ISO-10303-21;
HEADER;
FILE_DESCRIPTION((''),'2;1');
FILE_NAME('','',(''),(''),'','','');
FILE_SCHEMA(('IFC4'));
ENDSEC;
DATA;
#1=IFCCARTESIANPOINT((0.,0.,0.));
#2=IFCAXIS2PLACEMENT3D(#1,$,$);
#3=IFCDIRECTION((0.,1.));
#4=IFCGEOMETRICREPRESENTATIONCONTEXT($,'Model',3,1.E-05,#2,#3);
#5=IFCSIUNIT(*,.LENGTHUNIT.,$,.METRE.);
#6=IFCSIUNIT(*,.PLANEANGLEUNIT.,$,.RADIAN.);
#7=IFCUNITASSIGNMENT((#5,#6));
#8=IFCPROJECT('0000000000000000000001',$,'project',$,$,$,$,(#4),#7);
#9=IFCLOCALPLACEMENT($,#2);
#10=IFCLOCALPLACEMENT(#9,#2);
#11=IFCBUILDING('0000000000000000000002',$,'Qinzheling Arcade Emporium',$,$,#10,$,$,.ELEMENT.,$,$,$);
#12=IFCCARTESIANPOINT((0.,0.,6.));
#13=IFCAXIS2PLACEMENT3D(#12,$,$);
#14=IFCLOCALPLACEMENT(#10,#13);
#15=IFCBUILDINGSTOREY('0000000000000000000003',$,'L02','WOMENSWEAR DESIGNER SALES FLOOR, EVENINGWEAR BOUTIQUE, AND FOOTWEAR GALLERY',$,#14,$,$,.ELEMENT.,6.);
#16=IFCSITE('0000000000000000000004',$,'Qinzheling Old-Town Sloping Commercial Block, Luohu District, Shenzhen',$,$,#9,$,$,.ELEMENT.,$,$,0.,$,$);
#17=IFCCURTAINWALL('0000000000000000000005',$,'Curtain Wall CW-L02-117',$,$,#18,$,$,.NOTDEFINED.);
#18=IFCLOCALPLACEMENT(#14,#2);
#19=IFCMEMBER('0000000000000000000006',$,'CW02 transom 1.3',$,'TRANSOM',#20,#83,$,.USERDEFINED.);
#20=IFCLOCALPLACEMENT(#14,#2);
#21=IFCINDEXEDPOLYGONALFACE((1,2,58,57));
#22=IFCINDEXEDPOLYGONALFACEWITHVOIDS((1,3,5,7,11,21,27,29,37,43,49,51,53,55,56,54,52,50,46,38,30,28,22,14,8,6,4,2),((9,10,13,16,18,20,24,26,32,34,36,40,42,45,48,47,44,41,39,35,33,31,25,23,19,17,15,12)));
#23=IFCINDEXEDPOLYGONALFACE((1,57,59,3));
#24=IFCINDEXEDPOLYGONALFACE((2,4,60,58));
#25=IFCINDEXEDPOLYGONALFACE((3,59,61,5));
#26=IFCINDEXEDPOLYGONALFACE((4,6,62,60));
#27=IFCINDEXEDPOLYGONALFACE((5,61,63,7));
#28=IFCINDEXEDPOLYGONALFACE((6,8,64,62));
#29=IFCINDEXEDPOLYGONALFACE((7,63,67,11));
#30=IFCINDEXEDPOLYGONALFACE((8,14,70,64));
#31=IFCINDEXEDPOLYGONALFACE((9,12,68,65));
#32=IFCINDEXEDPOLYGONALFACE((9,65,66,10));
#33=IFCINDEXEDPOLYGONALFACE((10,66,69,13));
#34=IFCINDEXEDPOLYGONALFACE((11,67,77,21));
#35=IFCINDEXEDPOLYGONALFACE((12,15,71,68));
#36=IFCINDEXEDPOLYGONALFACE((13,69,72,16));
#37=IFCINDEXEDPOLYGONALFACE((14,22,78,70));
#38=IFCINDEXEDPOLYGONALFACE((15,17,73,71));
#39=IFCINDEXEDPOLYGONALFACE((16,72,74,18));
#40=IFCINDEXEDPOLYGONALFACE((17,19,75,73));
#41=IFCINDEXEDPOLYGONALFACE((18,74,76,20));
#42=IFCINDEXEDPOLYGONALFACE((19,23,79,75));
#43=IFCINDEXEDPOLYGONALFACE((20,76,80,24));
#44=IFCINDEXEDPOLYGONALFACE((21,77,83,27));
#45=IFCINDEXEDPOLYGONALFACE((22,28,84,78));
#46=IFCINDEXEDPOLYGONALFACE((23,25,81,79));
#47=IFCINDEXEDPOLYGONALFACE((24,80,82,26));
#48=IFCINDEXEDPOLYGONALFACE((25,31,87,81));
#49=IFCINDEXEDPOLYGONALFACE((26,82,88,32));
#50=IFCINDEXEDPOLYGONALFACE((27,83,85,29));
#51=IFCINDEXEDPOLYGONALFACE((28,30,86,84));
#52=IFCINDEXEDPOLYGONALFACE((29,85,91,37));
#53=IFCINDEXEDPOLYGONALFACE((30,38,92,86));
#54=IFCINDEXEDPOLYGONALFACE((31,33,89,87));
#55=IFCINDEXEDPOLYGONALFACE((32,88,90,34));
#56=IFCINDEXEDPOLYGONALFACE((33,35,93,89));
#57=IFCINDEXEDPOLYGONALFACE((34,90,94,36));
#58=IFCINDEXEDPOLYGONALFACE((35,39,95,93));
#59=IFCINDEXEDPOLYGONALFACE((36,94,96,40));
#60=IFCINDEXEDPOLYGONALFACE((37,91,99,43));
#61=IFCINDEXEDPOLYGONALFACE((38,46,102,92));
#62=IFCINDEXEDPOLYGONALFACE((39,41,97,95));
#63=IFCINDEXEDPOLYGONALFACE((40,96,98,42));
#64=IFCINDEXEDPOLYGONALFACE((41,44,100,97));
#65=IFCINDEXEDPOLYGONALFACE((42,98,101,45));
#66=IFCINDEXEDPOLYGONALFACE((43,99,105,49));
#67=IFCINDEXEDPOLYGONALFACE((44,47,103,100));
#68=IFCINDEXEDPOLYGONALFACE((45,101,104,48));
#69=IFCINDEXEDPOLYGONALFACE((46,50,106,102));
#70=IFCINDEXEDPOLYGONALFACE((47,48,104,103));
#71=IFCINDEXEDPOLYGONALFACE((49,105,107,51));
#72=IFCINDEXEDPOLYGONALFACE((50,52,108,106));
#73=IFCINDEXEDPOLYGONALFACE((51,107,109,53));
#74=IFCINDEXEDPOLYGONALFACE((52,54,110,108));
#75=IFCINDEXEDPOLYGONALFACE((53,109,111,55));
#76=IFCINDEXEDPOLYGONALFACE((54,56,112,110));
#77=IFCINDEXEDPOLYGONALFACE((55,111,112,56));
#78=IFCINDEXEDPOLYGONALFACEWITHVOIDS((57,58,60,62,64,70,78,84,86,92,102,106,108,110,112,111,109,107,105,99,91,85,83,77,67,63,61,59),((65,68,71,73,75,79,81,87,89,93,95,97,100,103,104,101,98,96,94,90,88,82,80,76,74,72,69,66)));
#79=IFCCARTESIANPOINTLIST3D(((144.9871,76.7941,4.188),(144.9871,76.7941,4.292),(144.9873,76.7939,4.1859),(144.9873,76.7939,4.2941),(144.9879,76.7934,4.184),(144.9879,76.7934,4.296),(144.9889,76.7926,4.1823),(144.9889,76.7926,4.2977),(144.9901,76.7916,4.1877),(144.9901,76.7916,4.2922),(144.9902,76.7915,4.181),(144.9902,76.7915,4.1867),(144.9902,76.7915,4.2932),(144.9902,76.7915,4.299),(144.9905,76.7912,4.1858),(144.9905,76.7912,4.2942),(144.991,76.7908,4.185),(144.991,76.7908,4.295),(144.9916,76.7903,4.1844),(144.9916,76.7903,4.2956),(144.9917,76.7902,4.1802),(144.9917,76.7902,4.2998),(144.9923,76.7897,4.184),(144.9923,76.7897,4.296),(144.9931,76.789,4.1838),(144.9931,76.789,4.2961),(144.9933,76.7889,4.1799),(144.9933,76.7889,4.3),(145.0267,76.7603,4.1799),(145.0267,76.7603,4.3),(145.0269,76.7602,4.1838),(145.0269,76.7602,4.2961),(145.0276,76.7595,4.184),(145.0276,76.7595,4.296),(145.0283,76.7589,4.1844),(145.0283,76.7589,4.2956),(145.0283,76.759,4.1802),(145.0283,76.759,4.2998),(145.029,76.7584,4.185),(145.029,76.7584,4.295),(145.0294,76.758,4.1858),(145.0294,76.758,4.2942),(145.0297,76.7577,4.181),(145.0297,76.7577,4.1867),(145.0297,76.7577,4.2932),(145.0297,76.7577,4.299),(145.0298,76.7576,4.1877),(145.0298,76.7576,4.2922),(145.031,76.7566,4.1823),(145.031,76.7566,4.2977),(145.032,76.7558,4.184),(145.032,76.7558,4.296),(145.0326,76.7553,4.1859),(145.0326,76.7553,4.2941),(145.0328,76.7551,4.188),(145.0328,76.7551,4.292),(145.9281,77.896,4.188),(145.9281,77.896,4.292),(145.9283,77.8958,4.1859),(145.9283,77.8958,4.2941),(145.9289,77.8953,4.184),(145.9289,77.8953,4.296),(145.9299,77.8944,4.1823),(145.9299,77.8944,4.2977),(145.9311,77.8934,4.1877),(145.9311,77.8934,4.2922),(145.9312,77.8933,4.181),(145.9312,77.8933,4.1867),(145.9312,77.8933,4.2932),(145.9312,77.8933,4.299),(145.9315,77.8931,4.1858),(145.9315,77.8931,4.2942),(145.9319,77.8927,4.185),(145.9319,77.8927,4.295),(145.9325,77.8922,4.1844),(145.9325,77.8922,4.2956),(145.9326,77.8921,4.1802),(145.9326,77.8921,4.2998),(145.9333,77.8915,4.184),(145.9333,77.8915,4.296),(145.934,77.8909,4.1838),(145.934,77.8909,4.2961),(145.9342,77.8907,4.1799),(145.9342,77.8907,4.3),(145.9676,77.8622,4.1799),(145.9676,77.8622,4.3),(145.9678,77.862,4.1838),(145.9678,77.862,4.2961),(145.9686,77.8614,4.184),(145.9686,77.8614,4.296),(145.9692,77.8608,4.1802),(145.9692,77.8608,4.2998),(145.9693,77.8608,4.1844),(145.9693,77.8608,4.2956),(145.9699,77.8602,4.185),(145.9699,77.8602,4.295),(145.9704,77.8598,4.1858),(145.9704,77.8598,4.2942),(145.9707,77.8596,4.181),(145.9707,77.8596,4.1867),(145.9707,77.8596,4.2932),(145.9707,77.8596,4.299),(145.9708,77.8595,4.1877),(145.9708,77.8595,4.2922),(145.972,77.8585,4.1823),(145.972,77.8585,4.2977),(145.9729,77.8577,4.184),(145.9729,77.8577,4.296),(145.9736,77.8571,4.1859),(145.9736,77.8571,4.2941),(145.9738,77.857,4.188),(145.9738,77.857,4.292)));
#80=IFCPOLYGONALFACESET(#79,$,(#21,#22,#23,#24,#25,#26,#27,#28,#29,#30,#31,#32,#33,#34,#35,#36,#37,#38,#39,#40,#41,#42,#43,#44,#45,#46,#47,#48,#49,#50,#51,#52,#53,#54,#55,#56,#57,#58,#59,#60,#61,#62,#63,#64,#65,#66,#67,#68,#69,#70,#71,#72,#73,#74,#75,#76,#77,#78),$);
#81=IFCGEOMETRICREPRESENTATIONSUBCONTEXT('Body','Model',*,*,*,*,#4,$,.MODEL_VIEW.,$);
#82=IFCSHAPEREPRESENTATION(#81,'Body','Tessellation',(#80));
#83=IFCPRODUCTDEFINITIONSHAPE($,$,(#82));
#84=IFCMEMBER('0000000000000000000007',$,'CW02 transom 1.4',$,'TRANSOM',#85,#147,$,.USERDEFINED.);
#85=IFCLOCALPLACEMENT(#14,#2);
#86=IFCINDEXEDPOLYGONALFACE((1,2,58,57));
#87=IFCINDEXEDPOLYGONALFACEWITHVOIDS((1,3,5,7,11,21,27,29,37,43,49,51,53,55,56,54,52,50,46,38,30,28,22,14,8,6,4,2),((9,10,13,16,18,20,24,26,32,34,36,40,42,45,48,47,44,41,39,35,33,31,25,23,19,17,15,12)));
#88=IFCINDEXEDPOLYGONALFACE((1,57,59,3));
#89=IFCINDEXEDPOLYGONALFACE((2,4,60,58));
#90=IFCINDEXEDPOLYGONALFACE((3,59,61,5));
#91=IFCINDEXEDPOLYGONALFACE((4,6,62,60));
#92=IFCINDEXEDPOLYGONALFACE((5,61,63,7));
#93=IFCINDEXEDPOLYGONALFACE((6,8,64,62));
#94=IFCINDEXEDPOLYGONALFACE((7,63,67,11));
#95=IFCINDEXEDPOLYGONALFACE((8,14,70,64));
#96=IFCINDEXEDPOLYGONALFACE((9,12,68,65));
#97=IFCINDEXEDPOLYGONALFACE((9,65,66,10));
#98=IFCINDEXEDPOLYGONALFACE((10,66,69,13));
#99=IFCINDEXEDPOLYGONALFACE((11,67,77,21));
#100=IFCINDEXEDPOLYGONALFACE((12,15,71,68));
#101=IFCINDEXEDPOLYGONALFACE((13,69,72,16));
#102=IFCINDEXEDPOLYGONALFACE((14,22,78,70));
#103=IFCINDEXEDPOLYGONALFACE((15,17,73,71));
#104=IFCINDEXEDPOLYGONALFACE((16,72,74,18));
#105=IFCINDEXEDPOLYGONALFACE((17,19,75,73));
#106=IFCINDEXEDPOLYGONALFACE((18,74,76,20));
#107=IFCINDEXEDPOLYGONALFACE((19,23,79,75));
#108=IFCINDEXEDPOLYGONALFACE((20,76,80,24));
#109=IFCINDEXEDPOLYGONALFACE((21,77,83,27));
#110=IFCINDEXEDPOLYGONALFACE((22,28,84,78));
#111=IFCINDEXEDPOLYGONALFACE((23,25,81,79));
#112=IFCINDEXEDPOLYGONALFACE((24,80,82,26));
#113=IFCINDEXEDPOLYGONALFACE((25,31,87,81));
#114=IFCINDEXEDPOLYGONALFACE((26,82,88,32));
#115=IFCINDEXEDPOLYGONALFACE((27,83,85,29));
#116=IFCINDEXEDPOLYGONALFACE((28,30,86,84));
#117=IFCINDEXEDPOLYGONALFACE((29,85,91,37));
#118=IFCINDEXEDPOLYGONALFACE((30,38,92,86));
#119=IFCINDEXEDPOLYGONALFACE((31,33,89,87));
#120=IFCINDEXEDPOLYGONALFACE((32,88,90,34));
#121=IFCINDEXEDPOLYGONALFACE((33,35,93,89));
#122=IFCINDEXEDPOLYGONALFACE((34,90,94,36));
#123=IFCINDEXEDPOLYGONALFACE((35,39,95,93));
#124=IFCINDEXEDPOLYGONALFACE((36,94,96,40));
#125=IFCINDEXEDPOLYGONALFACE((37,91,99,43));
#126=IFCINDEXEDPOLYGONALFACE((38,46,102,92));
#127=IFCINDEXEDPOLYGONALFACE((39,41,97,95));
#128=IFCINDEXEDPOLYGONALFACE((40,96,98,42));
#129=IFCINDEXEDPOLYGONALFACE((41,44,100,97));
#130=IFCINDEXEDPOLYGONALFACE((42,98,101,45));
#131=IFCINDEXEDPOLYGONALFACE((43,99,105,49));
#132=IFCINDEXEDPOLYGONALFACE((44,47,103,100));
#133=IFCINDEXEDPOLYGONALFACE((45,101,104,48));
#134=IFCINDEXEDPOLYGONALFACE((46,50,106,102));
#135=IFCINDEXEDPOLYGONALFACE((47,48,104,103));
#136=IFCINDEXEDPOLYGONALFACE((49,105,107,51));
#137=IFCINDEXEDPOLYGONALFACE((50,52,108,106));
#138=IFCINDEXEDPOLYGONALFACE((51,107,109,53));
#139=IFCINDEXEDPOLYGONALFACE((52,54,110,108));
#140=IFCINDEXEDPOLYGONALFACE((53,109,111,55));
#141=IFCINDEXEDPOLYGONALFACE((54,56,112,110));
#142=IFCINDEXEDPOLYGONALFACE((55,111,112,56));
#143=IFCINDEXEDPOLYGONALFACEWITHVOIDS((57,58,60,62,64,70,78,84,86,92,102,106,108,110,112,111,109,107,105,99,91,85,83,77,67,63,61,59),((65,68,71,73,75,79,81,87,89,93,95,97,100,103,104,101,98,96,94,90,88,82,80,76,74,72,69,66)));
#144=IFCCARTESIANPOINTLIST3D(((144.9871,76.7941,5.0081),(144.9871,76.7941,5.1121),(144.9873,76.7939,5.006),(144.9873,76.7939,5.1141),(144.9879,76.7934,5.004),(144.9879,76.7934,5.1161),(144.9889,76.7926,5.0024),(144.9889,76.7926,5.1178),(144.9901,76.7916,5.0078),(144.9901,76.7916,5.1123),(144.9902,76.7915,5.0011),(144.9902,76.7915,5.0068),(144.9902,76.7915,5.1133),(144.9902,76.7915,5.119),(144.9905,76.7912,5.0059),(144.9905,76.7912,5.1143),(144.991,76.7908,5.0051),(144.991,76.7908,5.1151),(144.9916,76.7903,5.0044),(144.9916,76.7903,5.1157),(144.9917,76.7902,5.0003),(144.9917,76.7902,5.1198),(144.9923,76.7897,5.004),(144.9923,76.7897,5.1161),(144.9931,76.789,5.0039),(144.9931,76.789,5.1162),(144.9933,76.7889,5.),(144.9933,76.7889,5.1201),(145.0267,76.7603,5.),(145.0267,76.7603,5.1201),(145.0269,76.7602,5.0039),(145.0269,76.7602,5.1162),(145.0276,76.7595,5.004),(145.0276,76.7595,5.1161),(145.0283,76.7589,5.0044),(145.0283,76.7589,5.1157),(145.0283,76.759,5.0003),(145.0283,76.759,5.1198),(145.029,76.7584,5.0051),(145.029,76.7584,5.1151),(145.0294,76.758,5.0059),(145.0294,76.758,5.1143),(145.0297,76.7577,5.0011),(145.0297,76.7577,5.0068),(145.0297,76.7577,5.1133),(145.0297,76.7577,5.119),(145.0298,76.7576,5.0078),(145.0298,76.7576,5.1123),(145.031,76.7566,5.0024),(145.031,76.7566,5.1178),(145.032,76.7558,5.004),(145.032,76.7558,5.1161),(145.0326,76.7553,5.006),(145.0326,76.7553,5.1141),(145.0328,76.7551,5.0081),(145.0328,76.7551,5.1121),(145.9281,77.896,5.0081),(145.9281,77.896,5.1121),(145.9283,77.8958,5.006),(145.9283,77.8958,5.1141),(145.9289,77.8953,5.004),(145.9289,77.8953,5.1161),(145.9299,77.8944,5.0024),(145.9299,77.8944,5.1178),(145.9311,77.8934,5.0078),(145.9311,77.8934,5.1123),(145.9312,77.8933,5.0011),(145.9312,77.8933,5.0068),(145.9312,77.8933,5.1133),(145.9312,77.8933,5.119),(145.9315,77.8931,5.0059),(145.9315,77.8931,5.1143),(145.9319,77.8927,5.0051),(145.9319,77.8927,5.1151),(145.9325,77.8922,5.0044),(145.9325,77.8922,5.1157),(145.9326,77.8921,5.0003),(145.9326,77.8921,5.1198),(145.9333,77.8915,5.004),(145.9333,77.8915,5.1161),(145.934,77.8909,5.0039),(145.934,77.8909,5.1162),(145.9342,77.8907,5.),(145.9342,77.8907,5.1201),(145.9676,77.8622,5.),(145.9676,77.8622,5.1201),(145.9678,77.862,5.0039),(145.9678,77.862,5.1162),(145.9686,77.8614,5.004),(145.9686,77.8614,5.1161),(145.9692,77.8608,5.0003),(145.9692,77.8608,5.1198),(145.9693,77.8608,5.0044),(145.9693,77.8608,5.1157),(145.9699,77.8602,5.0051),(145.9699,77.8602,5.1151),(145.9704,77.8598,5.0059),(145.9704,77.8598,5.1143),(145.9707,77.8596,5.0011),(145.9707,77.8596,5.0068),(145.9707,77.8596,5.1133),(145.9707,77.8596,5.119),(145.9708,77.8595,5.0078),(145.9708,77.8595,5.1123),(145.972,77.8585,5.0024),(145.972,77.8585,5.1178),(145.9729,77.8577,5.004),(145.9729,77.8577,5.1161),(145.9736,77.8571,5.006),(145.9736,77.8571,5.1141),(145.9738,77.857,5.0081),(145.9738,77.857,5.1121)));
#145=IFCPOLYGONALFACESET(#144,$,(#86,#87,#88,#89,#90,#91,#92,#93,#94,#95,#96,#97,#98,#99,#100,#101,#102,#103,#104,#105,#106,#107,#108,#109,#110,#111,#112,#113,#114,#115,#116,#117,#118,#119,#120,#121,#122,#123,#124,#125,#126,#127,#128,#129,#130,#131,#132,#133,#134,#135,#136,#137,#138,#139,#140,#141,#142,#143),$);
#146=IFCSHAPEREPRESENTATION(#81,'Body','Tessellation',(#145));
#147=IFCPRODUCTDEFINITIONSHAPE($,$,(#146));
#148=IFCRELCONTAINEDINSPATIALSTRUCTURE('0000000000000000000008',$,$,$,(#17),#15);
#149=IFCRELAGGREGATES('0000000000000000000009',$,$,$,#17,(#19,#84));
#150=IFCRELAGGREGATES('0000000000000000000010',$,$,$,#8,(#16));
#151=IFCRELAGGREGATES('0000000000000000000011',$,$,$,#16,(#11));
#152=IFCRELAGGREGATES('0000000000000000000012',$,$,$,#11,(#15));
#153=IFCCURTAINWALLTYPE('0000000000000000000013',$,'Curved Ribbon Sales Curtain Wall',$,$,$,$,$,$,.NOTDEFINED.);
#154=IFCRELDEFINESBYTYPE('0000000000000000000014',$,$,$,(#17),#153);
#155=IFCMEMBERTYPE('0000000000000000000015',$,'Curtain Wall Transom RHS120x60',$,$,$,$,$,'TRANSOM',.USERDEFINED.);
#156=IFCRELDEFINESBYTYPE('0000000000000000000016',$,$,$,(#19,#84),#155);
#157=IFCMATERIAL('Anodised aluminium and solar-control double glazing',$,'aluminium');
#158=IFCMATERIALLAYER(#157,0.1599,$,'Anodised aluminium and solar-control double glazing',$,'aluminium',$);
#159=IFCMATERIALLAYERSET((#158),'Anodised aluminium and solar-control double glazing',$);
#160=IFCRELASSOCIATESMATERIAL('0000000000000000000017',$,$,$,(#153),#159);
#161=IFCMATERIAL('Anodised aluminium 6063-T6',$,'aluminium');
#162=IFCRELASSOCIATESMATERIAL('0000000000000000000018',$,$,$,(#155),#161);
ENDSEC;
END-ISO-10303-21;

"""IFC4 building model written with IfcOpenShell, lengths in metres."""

from ifc_helpers import new_model, si_unit, direction, frame, origin, origin_2d, place, context, subcontext, project, spatial, hollow_rectangle, extrude, material, layer, layer_set, material_profile, profile_set, type_object, element, aggregate, save


model = new_model("IFC4")

# Units and contexts
model_context = context("Model", 3, precision=1e-05, world=origin(), true_north=direction((0.0, 1.0)))
body_context = subcontext(model_context, "Body", "Model", "MODEL_VIEW")
ifc_project = project(units=[si_unit("LENGTHUNIT", "METRE"), si_unit("PLANEANGLEUNIT", "RADIAN")], contexts=[model_context])

# Site, building, storey
site_placement = place(None, origin())
site = spatial("IfcSite", under=ifc_project, at=site_placement, Name="Qinzheling Old-Town Sloping Commercial Block, Luohu District, Shenzhen", CompositionType="ELEMENT", RefElevation=0.0)
building_placement = place(site_placement, origin())
building = spatial("IfcBuilding", under=site, at=building_placement, Name="Qinzheling Arcade Emporium", CompositionType="ELEMENT")
storey_placement = place(building_placement, frame((0.0, 0.0, 6.0)))
storey = spatial("IfcBuildingStorey", under=building, at=storey_placement, Name="L02", Description="WOMENSWEAR DESIGNER SALES FLOOR, EVENINGWEAR BOUTIQUE, AND FOOTWEAR GALLERY", CompositionType="ELEMENT", Elevation=6.0)

# Shared definitions
ifc_material_1 = material(Name="Anodised aluminium and solar-control double glazing", Category="aluminium")
ifc_layer_1 = layer(ifc_material_1, 0.1599, Name="Anodised aluminium and solar-control double glazing", Category="aluminium")
ifc_layer_set_1 = layer_set([ifc_layer_1], Name="Anodised aluminium and solar-control double glazing")
curtain_wall_type = type_object("IfcCurtainWallType", Name="Curved Ribbon Sales Curtain Wall", PredefinedType="NOTDEFINED", material=ifc_layer_set_1)
ifc_material_2 = material(Name="Anodised aluminium 6063-T6", Category="aluminium")

# Curtain wall
curtain_wall_1_placement = place(storey_placement, origin())
curtain_wall_1 = element("IfcCurtainWall", 1, at=curtain_wall_1_placement, inside=storey, type_object=curtain_wall_type, Name="Curtain Wall CW-L02-117", PredefinedType="NOTDEFINED")

# Members
ifc_material_profile_1 = material_profile(ifc_material_2, hollow_rectangle(XDim=0.0601, YDim=0.1201, WallThickness=0.0039, InnerFilletRadius=0.0039, OuterFilletRadius=0.0081, at=origin_2d()), Name="RHS 120x60x4", Category="aluminium")
ifc_profile_set_1 = profile_set([ifc_material_profile_1], Name="Anodised aluminium 6063-T6")
member_type_1 = type_object("IfcMemberType", Name="Curtain Wall Transom RHS120x60", ElementType="TRANSOM", PredefinedType="USERDEFINED", material=ifc_profile_set_1)
member_1_placement = place(storey_placement, frame((145.9509, 77.8765, 4.24), z_axis=(-0.649403, -0.760445, 0.0), x_axis=(0.760445, -0.649403, 0.0)))
member_1 = element("IfcMember", 2, at=member_1_placement, type_object=member_type_1, Name="CW02 transom 1.3", ObjectType="TRANSOM", PredefinedType="USERDEFINED", context=body_context, shape_type="SweptSolid", body=[
    extrude(hollow_rectangle(XDim=0.0601, YDim=0.1201, WallThickness=0.0039, InnerFilletRadius=0.0039, OuterFilletRadius=0.0081, at=origin_2d()), origin(), (0.0, 0.0, 1.0), 1.449),
])
member_2_placement = place(storey_placement, frame((145.9509, 77.8765, 5.0601), z_axis=(-0.649403, -0.760445, 0.0), x_axis=(0.760445, -0.649403, 0.0)))
member_2 = element("IfcMember", 3, at=member_2_placement, type_object=member_type_1, Name="CW02 transom 1.4", ObjectType="TRANSOM", PredefinedType="USERDEFINED", context=body_context, shape_type="SweptSolid", body=[
    extrude(hollow_rectangle(XDim=0.0601, YDim=0.1201, WallThickness=0.0039, InnerFilletRadius=0.0039, OuterFilletRadius=0.0081, at=origin_2d()), origin(), (0.0, 0.0, 1.0), 1.449),
])

aggregate(curtain_wall_1, [member_1, member_2])

save(model, "model.ifc")
